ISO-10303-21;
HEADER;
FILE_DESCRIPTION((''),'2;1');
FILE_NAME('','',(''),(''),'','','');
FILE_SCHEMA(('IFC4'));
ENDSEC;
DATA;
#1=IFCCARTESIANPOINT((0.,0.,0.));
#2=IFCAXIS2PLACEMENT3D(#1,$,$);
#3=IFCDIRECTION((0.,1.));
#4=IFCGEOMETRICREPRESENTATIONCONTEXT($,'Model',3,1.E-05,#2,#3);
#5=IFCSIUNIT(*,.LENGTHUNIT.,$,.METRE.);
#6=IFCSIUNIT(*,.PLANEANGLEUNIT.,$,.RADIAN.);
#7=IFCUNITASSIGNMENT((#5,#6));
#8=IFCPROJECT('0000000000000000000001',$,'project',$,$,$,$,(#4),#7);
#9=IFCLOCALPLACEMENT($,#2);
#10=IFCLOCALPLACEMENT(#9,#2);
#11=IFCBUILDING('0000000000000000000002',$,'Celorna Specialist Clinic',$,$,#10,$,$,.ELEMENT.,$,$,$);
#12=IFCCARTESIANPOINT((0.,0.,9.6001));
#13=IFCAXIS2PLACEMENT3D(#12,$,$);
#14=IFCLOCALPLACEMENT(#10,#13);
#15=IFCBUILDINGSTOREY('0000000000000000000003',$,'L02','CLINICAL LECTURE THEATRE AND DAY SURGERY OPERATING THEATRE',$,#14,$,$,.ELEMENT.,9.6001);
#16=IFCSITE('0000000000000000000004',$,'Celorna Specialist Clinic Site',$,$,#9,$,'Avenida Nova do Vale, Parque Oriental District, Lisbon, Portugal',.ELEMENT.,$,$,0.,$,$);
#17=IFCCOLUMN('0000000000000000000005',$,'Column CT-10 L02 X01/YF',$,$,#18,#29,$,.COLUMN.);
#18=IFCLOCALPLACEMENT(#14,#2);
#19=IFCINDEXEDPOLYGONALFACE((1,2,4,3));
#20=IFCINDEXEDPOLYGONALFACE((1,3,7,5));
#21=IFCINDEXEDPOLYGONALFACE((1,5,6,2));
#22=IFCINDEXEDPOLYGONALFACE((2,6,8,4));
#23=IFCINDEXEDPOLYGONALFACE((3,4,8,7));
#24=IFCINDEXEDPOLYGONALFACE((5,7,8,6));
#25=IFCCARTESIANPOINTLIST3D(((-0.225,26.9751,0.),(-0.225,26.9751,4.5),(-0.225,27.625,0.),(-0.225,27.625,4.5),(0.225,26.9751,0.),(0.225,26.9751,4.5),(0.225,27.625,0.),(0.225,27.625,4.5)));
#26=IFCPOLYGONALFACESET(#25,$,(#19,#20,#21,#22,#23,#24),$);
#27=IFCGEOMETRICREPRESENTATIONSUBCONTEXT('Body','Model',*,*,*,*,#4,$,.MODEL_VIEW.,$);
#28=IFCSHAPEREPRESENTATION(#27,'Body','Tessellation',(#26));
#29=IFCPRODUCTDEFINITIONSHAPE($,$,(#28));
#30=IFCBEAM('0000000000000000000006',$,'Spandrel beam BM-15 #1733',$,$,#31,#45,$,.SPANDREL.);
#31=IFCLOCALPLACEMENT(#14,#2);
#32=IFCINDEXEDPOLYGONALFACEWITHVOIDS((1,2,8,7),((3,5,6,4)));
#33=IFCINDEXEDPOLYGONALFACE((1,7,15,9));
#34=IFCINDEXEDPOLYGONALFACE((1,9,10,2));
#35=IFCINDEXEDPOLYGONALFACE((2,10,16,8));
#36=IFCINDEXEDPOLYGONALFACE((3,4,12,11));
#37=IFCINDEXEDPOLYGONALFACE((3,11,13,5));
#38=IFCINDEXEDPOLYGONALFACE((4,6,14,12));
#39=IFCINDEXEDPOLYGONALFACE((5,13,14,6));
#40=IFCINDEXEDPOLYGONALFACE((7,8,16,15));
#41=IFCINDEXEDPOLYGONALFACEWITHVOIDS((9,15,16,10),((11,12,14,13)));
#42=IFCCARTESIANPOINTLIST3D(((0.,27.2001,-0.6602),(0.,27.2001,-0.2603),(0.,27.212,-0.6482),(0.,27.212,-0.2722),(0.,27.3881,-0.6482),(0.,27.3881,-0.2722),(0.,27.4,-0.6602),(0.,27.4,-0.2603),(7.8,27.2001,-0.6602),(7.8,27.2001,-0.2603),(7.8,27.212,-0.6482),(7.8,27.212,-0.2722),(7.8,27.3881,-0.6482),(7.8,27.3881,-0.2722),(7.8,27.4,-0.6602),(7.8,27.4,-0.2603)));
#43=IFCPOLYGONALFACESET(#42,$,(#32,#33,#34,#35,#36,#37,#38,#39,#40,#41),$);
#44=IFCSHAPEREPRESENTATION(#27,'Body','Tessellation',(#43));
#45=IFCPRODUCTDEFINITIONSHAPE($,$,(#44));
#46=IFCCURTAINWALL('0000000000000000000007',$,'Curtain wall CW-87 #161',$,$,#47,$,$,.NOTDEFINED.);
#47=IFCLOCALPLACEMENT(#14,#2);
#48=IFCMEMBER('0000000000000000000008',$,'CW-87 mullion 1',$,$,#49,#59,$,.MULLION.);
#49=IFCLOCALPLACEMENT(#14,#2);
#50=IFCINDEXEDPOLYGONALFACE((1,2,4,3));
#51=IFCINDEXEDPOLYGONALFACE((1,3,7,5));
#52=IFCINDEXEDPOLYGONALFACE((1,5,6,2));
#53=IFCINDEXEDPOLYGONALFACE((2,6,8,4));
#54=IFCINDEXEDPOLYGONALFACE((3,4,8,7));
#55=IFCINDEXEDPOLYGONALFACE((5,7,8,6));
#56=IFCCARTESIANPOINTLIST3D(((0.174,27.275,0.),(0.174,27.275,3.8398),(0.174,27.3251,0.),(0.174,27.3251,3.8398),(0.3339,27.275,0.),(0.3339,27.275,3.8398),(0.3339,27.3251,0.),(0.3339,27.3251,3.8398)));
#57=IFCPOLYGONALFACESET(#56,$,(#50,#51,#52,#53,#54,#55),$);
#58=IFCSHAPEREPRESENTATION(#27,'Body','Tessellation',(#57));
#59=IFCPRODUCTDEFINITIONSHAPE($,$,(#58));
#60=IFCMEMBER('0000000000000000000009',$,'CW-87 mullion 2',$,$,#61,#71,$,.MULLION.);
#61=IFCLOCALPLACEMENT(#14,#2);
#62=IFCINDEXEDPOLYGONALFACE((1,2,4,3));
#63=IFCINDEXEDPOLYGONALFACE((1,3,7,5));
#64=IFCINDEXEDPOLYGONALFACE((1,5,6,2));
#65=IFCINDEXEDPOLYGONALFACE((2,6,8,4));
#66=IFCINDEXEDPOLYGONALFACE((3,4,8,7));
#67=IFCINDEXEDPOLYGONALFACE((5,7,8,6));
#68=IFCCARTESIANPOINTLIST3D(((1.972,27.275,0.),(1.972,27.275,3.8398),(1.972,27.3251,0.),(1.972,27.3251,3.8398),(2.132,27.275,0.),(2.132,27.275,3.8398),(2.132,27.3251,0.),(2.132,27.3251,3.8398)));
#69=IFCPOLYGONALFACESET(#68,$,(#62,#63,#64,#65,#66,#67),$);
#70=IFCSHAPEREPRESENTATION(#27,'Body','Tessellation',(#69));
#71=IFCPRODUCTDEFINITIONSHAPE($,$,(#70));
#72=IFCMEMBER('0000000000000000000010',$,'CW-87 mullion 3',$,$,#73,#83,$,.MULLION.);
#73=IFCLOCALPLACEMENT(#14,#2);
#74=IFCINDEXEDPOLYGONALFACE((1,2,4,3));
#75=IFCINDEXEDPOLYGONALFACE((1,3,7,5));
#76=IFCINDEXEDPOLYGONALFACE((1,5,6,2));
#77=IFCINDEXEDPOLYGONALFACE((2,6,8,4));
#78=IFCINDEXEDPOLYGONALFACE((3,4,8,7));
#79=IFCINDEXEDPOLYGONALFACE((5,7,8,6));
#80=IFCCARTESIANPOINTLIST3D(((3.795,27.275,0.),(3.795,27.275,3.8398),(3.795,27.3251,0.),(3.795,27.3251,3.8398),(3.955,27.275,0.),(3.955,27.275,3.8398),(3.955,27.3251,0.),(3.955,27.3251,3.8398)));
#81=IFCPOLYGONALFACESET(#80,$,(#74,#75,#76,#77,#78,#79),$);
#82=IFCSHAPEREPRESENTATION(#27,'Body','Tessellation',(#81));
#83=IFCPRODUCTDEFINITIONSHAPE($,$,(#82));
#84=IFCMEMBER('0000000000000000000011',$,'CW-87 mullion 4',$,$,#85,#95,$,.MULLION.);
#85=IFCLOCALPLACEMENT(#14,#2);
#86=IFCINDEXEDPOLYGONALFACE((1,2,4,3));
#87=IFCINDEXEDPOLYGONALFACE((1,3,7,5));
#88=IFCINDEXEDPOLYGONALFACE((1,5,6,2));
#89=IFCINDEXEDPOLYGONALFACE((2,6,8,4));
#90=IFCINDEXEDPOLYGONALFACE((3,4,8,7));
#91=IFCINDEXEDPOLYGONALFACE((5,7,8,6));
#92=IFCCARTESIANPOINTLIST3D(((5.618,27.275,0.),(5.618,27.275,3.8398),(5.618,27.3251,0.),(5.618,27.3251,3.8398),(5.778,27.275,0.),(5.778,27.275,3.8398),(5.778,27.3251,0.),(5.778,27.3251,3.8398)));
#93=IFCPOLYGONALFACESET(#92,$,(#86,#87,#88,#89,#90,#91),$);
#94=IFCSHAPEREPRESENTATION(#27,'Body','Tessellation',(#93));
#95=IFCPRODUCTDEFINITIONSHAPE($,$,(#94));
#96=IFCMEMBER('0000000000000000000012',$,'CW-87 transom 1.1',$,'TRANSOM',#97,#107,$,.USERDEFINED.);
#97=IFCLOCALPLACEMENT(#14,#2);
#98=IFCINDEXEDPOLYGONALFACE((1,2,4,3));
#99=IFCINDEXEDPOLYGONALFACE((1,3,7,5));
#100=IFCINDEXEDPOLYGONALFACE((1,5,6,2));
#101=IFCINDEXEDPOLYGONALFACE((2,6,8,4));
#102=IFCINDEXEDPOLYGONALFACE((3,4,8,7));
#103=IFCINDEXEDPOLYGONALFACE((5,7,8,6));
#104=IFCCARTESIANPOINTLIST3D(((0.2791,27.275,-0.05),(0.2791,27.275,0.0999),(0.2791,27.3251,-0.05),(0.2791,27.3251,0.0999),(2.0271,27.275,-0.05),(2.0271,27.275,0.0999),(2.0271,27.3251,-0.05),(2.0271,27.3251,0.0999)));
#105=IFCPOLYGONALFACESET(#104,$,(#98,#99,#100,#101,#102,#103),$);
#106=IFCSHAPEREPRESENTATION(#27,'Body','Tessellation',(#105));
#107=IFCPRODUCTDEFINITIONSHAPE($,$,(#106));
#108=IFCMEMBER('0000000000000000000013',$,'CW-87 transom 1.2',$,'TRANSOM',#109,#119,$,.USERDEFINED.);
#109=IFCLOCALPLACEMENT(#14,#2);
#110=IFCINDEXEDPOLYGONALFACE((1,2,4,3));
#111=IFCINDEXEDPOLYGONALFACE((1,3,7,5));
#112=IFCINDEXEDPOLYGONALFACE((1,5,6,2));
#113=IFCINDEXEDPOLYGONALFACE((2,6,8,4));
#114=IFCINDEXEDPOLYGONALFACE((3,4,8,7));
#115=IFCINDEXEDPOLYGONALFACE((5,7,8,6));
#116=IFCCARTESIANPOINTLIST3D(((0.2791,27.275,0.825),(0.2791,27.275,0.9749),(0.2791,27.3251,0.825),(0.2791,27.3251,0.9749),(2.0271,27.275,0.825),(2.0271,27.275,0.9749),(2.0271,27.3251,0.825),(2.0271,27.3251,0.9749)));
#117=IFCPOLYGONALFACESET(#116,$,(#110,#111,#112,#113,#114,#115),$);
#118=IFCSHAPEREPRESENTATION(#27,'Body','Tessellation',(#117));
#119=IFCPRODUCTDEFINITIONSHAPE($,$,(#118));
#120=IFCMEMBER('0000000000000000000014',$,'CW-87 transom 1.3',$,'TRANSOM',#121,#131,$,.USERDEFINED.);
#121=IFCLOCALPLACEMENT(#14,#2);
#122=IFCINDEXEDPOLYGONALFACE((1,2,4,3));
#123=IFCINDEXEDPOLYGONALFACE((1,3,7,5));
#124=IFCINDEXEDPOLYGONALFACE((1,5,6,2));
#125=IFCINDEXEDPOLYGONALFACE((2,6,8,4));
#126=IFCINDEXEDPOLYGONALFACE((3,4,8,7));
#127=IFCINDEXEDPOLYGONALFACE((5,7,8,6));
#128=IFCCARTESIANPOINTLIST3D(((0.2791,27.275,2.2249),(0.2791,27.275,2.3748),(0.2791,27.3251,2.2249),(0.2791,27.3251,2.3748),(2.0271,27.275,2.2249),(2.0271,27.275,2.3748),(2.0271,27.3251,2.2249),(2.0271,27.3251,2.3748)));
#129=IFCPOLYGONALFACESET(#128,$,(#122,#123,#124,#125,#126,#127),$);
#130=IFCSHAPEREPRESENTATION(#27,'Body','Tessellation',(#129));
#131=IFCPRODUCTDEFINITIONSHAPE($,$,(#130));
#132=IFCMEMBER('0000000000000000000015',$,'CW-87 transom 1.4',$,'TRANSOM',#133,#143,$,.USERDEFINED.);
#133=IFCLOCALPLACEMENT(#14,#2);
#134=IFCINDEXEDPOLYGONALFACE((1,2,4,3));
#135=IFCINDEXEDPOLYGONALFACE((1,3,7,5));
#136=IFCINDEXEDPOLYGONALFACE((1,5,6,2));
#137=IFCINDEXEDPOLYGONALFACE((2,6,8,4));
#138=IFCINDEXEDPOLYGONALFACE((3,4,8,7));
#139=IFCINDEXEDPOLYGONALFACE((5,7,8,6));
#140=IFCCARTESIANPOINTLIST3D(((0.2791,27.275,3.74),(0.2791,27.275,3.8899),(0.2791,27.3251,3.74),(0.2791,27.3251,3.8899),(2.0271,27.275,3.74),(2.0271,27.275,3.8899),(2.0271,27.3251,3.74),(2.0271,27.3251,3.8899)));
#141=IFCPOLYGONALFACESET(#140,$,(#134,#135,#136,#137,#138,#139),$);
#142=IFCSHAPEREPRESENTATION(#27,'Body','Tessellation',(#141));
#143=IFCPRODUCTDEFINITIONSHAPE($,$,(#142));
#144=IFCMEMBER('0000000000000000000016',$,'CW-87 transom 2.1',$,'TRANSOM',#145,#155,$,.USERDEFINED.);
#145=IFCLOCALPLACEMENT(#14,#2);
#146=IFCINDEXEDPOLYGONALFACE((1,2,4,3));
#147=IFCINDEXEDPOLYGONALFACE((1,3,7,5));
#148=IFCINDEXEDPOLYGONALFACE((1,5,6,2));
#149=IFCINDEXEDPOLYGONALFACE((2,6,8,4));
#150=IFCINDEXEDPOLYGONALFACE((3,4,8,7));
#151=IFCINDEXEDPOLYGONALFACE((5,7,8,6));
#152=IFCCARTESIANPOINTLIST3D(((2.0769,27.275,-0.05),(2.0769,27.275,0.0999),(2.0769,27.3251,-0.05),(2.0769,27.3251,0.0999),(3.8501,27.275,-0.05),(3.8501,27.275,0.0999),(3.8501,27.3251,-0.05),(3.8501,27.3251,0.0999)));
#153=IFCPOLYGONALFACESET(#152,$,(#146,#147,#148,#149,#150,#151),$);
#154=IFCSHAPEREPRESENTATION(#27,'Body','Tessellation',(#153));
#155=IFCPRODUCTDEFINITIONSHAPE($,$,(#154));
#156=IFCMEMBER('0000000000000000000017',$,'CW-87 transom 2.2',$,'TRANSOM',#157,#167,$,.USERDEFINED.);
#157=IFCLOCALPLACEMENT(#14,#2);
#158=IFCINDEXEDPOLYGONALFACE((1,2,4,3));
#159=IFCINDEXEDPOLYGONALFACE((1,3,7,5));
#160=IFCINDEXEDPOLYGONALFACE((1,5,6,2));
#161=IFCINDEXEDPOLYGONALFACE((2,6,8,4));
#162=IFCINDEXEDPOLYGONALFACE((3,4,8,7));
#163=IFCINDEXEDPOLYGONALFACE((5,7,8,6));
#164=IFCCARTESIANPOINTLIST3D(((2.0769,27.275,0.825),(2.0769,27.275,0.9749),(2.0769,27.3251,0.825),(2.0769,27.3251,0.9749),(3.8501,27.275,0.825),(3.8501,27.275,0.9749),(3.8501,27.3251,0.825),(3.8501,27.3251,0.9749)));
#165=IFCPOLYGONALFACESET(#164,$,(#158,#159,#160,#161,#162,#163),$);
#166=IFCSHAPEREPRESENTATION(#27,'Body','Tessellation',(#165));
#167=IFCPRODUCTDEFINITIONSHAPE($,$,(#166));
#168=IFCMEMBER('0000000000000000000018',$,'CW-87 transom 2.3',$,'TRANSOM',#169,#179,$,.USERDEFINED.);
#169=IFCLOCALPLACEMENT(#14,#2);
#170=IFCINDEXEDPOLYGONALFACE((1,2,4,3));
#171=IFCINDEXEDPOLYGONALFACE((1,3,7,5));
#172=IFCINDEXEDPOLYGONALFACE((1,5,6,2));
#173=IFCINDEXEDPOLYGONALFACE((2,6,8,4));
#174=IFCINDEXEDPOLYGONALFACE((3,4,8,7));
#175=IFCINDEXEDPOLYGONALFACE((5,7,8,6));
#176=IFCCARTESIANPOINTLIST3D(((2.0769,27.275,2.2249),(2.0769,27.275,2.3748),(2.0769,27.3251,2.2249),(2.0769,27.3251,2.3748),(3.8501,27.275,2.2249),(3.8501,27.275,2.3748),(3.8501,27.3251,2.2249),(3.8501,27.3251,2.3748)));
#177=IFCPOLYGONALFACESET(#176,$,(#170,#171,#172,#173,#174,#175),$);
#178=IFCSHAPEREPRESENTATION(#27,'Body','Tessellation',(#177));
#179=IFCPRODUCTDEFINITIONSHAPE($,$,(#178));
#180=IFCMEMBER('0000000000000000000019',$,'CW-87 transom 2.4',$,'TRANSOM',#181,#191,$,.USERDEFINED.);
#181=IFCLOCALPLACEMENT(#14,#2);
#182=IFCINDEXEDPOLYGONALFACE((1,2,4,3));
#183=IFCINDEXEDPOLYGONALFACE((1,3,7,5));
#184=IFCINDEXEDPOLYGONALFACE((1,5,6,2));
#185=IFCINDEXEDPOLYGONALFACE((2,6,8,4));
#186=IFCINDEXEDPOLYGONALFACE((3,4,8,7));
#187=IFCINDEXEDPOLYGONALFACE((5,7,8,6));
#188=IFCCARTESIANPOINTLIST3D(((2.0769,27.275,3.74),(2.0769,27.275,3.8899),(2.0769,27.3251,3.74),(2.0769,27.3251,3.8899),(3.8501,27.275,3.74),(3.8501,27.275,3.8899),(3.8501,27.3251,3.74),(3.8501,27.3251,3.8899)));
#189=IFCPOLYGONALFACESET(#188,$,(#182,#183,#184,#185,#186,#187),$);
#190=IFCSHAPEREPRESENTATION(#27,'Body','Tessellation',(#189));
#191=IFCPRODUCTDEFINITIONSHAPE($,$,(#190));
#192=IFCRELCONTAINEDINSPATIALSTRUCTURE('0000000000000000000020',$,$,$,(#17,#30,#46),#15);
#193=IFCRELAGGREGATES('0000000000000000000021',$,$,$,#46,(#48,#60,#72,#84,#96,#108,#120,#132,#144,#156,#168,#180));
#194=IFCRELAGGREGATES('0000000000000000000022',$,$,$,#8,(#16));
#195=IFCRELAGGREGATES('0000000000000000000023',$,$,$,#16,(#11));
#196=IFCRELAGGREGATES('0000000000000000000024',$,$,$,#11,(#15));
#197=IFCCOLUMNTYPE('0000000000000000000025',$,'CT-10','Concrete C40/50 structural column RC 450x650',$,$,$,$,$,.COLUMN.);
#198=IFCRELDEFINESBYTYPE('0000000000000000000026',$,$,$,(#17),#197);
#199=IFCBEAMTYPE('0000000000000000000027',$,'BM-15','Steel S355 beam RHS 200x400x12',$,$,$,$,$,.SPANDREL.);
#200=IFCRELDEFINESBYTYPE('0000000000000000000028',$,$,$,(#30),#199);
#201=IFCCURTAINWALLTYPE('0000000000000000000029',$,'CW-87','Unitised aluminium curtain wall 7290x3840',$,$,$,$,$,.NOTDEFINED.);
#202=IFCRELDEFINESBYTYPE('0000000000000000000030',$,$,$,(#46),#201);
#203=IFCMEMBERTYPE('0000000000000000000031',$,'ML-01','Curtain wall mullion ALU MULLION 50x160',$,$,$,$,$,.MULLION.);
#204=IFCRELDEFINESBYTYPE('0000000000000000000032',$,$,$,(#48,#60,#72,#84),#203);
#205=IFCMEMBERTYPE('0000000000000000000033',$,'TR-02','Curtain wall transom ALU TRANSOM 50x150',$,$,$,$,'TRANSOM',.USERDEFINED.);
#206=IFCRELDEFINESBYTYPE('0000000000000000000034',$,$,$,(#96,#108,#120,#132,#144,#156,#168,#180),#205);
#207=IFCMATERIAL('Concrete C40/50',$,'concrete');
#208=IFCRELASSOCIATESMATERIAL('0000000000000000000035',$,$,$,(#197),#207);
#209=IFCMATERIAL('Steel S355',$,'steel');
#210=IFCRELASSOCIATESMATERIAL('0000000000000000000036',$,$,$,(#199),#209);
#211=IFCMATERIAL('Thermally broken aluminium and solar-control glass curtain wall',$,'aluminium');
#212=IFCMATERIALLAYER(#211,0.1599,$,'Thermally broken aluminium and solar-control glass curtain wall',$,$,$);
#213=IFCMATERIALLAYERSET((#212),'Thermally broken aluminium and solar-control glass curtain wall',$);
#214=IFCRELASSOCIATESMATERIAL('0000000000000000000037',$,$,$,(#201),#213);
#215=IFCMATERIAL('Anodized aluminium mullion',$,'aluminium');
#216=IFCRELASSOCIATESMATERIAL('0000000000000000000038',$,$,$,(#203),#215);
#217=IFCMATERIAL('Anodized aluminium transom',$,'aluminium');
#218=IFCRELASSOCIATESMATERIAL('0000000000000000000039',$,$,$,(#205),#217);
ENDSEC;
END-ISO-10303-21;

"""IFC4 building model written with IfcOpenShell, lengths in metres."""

from ifc_helpers import new_model, si_unit, direction, frame, origin, origin_2d, place, context, subcontext, project, spatial, rectangle, hollow_rectangle, extrude, material, layer, layer_set, material_profile, profile_set, type_object, element, aggregate, save


model = new_model("IFC4")

# Units and contexts
model_context = context("Model", 3, precision=1e-05, world=origin(), true_north=direction((0.0, 1.0)))
body_context = subcontext(model_context, "Body", "Model", "MODEL_VIEW")
ifc_project = project(units=[si_unit("LENGTHUNIT", "METRE"), si_unit("PLANEANGLEUNIT", "RADIAN")], contexts=[model_context])

# Site, building, storey
site_placement = place(None, origin())
site = spatial("IfcSite", under=ifc_project, at=site_placement, Name="Celorna Specialist Clinic Site", LongName="Avenida Nova do Vale, Parque Oriental District, Lisbon, Portugal", CompositionType="ELEMENT", RefElevation=0.0)
building_placement = place(site_placement, origin())
building = spatial("IfcBuilding", under=site, at=building_placement, Name="Celorna Specialist Clinic", CompositionType="ELEMENT")
storey_placement = place(building_placement, frame((0.0, 0.0, 9.6001)))
storey = spatial("IfcBuildingStorey", under=building, at=storey_placement, Name="L02", Description="CLINICAL LECTURE THEATRE AND DAY SURGERY OPERATING THEATRE", CompositionType="ELEMENT", Elevation=9.6001)

# Column
ifc_material_1 = material(Name="Concrete C40/50", Category="concrete")
ifc_material_profile_1 = material_profile(ifc_material_1, rectangle(XDim=0.45, YDim=0.6499, at=origin_2d()), Name="RC 450x650")
ifc_profile_set_1 = profile_set([ifc_material_profile_1], Name="Concrete C40/50")
column_type = type_object("IfcColumnType", Name="CT-10", Description="Concrete C40/50 structural column RC 450x650", PredefinedType="COLUMN", material=ifc_profile_set_1)
column_placement = place(storey_placement, frame((0.0, 27.3, 0.0), z_axis=(0.0, 0.0, 1.0), x_axis=(1.0, 0.0, 0.0)))
element("IfcColumn", 1, at=column_placement, inside=storey, type_object=column_type, Name="Column CT-10 L02 X01/YF", PredefinedType="COLUMN", context=body_context, shape_type="SweptSolid", body=[
    extrude(rectangle(XDim=0.45, YDim=0.6499, at=origin_2d()), origin(), (0.0, 0.0, 1.0), 4.5),
])

# Beam
ifc_material_2 = material(Name="Steel S355", Category="steel")
ifc_material_profile_2 = material_profile(ifc_material_2, hollow_rectangle(XDim=0.2, YDim=0.3999, WallThickness=0.012, at=origin_2d()), Name="RHS 200x400x12")
ifc_profile_set_2 = profile_set([ifc_material_profile_2], Name="Steel S355")
beam_type = type_object("IfcBeamType", Name="BM-15", Description="Steel S355 beam RHS 200x400x12", PredefinedType="SPANDREL", material=ifc_profile_set_2)
beam_placement = place(storey_placement, frame((0.0, 27.3, -0.4602), z_axis=(1.0, 0.0, 0.0), x_axis=(0.0, 1.0, 0.0)))
element("IfcBeam", 2, at=beam_placement, inside=storey, type_object=beam_type, Name="Spandrel beam BM-15 #1733", PredefinedType="SPANDREL", context=body_context, shape_type="SweptSolid", body=[
    extrude(hollow_rectangle(XDim=0.2, YDim=0.3999, WallThickness=0.012, at=origin_2d()), origin(), (0.0, 0.0, 1.0), 7.8),
])

# Curtain wall, members
ifc_material_3 = material(Name="Thermally broken aluminium and solar-control glass curtain wall", Category="aluminium")
ifc_layer_1 = layer(ifc_material_3, 0.1599, Name="Thermally broken aluminium and solar-control glass curtain wall")
ifc_layer_set_1 = layer_set([ifc_layer_1], Name="Thermally broken aluminium and solar-control glass curtain wall")
curtain_wall_type = type_object("IfcCurtainWallType", Name="CW-87", Description="Unitised aluminium curtain wall 7290x3840", PredefinedType="NOTDEFINED", material=ifc_layer_set_1)
curtain_wall_placement = place(storey_placement, origin())
curtain_wall = element("IfcCurtainWall", 3, at=curtain_wall_placement, inside=storey, type_object=curtain_wall_type, Name="Curtain wall CW-87 #161", PredefinedType="NOTDEFINED")
ifc_material_4 = material(Name="Anodized aluminium mullion", Category="aluminium")
ifc_material_profile_3 = material_profile(ifc_material_4, rectangle(XDim=0.05, YDim=0.1599, at=origin_2d()), Name="ALU MULLION 50x160")
ifc_profile_set_3 = profile_set([ifc_material_profile_3], Name="Anodized aluminium mullion")
member_type_1 = type_object("IfcMemberType", Name="ML-01", Description="Curtain wall mullion ALU MULLION 50x160", PredefinedType="MULLION", material=ifc_profile_set_3)
member_1_placement = place(storey_placement, frame((0.2539, 27.3, 0.0), z_axis=(0.0, 0.0, 1.0), x_axis=(0.0, 1.0, 0.0)))
member_1 = element("IfcMember", 4, at=member_1_placement, type_object=member_type_1, Name="CW-87 mullion 1", PredefinedType="MULLION", context=body_context, shape_type="SweptSolid", body=[
    extrude(rectangle(XDim=0.05, YDim=0.1599, at=origin_2d()), origin(), (0.0, 0.0, 1.0), 3.8398),
])
member_2_placement = place(storey_placement, frame((2.052, 27.3, 0.0), z_axis=(0.0, 0.0, 1.0), x_axis=(0.0, 1.0, 0.0)))
member_2 = element("IfcMember", 5, at=member_2_placement, type_object=member_type_1, Name="CW-87 mullion 2", PredefinedType="MULLION", context=body_context, shape_type="SweptSolid", body=[
    extrude(rectangle(XDim=0.05, YDim=0.1599, at=origin_2d()), origin(), (0.0, 0.0, 1.0), 3.8398),
])
member_3_placement = place(storey_placement, frame((3.875, 27.3, 0.0), z_axis=(0.0, 0.0, 1.0), x_axis=(0.0, 1.0, 0.0)))
member_3 = element("IfcMember", 6, at=member_3_placement, type_object=member_type_1, Name="CW-87 mullion 3", PredefinedType="MULLION", context=body_context, shape_type="SweptSolid", body=[
    extrude(rectangle(XDim=0.05, YDim=0.1599, at=origin_2d()), origin(), (0.0, 0.0, 1.0), 3.8398),
])
member_4_placement = place(storey_placement, frame((5.698, 27.3, 0.0), z_axis=(0.0, 0.0, 1.0), x_axis=(0.0, 1.0, 0.0)))
member_4 = element("IfcMember", 7, at=member_4_placement, type_object=member_type_1, Name="CW-87 mullion 4", PredefinedType="MULLION", context=body_context, shape_type="SweptSolid", body=[
    extrude(rectangle(XDim=0.05, YDim=0.1599, at=origin_2d()), origin(), (0.0, 0.0, 1.0), 3.8398),
])
ifc_material_5 = material(Name="Anodized aluminium transom", Category="aluminium")
ifc_material_profile_4 = material_profile(ifc_material_5, rectangle(XDim=0.05, YDim=0.1499, at=origin_2d()), Name="ALU TRANSOM 50x150")
ifc_profile_set_4 = profile_set([ifc_material_profile_4], Name="Anodized aluminium transom")
member_type_2 = type_object("IfcMemberType", Name="TR-02", Description="Curtain wall transom ALU TRANSOM 50x150", ElementType="TRANSOM", PredefinedType="USERDEFINED", material=ifc_profile_set_4)
member_5_placement = place(storey_placement, frame((0.2791, 27.3, 0.0249), z_axis=(1.0, 0.0, 0.0), x_axis=(0.0, 1.0, 0.0)))
member_5 = element("IfcMember", 8, at=member_5_placement, type_object=member_type_2, Name="CW-87 transom 1.1", ObjectType="TRANSOM", PredefinedType="USERDEFINED", context=body_context, shape_type="SweptSolid", body=[
    extrude(rectangle(XDim=0.05, YDim=0.1499, at=origin_2d()), origin(), (0.0, 0.0, 1.0), 1.748),
])
member_6_placement = place(storey_placement, frame((0.2791, 27.3, 0.8999), z_axis=(1.0, 0.0, 0.0), x_axis=(0.0, 1.0, 0.0)))
member_6 = element("IfcMember", 9, at=member_6_placement, type_object=member_type_2, Name="CW-87 transom 1.2", ObjectType="TRANSOM", PredefinedType="USERDEFINED", context=body_context, shape_type="SweptSolid", body=[
    extrude(rectangle(XDim=0.05, YDim=0.1499, at=origin_2d()), origin(), (0.0, 0.0, 1.0), 1.748),
])
member_7_placement = place(storey_placement, frame((0.2791, 27.3, 2.2998), z_axis=(1.0, 0.0, 0.0), x_axis=(0.0, 1.0, 0.0)))
member_7 = element("IfcMember", 10, at=member_7_placement, type_object=member_type_2, Name="CW-87 transom 1.3", ObjectType="TRANSOM", PredefinedType="USERDEFINED", context=body_context, shape_type="SweptSolid", body=[
    extrude(rectangle(XDim=0.05, YDim=0.1499, at=origin_2d()), origin(), (0.0, 0.0, 1.0), 1.748),
])
member_8_placement = place(storey_placement, frame((0.2791, 27.3, 3.8149), z_axis=(1.0, 0.0, 0.0), x_axis=(0.0, 1.0, 0.0)))
member_8 = element("IfcMember", 11, at=member_8_placement, type_object=member_type_2, Name="CW-87 transom 1.4", ObjectType="TRANSOM", PredefinedType="USERDEFINED", context=body_context, shape_type="SweptSolid", body=[
    extrude(rectangle(XDim=0.05, YDim=0.1499, at=origin_2d()), origin(), (0.0, 0.0, 1.0), 1.748),
])
member_9_placement = place(storey_placement, frame((2.0769, 27.3, 0.0249), z_axis=(1.0, 0.0, 0.0), x_axis=(0.0, 1.0, 0.0)))
member_9 = element("IfcMember", 12, at=member_9_placement, type_object=member_type_2, Name="CW-87 transom 2.1", ObjectType="TRANSOM", PredefinedType="USERDEFINED", context=body_context, shape_type="SweptSolid", body=[
    extrude(rectangle(XDim=0.05, YDim=0.1499, at=origin_2d()), origin(), (0.0, 0.0, 1.0), 1.7732),
])
member_10_placement = place(storey_placement, frame((2.0769, 27.3, 0.8999), z_axis=(1.0, 0.0, 0.0), x_axis=(0.0, 1.0, 0.0)))
member_10 = element("IfcMember", 13, at=member_10_placement, type_object=member_type_2, Name="CW-87 transom 2.2", ObjectType="TRANSOM", PredefinedType="USERDEFINED", context=body_context, shape_type="SweptSolid", body=[
    extrude(rectangle(XDim=0.05, YDim=0.1499, at=origin_2d()), origin(), (0.0, 0.0, 1.0), 1.7732),
])
member_11_placement = place(storey_placement, frame((2.0769, 27.3, 2.2998), z_axis=(1.0, 0.0, 0.0), x_axis=(0.0, 1.0, 0.0)))
member_11 = element("IfcMember", 14, at=member_11_placement, type_object=member_type_2, Name="CW-87 transom 2.3", ObjectType="TRANSOM", PredefinedType="USERDEFINED", context=body_context, shape_type="SweptSolid", body=[
    extrude(rectangle(XDim=0.05, YDim=0.1499, at=origin_2d()), origin(), (0.0, 0.0, 1.0), 1.7732),
])
member_12_placement = place(storey_placement, frame((2.0769, 27.3, 3.8149), z_axis=(1.0, 0.0, 0.0), x_axis=(0.0, 1.0, 0.0)))
member_12 = element("IfcMember", 15, at=member_12_placement, type_object=member_type_2, Name="CW-87 transom 2.4", ObjectType="TRANSOM", PredefinedType="USERDEFINED", context=body_context, shape_type="SweptSolid", body=[
    extrude(rectangle(XDim=0.05, YDim=0.1499, at=origin_2d()), origin(), (0.0, 0.0, 1.0), 1.7732),
])
aggregate(curtain_wall, [member_1, member_2, member_3, member_4, member_5, member_6, member_7, member_8, member_9, member_10, member_11, member_12])

save(model, "model.ifc")
